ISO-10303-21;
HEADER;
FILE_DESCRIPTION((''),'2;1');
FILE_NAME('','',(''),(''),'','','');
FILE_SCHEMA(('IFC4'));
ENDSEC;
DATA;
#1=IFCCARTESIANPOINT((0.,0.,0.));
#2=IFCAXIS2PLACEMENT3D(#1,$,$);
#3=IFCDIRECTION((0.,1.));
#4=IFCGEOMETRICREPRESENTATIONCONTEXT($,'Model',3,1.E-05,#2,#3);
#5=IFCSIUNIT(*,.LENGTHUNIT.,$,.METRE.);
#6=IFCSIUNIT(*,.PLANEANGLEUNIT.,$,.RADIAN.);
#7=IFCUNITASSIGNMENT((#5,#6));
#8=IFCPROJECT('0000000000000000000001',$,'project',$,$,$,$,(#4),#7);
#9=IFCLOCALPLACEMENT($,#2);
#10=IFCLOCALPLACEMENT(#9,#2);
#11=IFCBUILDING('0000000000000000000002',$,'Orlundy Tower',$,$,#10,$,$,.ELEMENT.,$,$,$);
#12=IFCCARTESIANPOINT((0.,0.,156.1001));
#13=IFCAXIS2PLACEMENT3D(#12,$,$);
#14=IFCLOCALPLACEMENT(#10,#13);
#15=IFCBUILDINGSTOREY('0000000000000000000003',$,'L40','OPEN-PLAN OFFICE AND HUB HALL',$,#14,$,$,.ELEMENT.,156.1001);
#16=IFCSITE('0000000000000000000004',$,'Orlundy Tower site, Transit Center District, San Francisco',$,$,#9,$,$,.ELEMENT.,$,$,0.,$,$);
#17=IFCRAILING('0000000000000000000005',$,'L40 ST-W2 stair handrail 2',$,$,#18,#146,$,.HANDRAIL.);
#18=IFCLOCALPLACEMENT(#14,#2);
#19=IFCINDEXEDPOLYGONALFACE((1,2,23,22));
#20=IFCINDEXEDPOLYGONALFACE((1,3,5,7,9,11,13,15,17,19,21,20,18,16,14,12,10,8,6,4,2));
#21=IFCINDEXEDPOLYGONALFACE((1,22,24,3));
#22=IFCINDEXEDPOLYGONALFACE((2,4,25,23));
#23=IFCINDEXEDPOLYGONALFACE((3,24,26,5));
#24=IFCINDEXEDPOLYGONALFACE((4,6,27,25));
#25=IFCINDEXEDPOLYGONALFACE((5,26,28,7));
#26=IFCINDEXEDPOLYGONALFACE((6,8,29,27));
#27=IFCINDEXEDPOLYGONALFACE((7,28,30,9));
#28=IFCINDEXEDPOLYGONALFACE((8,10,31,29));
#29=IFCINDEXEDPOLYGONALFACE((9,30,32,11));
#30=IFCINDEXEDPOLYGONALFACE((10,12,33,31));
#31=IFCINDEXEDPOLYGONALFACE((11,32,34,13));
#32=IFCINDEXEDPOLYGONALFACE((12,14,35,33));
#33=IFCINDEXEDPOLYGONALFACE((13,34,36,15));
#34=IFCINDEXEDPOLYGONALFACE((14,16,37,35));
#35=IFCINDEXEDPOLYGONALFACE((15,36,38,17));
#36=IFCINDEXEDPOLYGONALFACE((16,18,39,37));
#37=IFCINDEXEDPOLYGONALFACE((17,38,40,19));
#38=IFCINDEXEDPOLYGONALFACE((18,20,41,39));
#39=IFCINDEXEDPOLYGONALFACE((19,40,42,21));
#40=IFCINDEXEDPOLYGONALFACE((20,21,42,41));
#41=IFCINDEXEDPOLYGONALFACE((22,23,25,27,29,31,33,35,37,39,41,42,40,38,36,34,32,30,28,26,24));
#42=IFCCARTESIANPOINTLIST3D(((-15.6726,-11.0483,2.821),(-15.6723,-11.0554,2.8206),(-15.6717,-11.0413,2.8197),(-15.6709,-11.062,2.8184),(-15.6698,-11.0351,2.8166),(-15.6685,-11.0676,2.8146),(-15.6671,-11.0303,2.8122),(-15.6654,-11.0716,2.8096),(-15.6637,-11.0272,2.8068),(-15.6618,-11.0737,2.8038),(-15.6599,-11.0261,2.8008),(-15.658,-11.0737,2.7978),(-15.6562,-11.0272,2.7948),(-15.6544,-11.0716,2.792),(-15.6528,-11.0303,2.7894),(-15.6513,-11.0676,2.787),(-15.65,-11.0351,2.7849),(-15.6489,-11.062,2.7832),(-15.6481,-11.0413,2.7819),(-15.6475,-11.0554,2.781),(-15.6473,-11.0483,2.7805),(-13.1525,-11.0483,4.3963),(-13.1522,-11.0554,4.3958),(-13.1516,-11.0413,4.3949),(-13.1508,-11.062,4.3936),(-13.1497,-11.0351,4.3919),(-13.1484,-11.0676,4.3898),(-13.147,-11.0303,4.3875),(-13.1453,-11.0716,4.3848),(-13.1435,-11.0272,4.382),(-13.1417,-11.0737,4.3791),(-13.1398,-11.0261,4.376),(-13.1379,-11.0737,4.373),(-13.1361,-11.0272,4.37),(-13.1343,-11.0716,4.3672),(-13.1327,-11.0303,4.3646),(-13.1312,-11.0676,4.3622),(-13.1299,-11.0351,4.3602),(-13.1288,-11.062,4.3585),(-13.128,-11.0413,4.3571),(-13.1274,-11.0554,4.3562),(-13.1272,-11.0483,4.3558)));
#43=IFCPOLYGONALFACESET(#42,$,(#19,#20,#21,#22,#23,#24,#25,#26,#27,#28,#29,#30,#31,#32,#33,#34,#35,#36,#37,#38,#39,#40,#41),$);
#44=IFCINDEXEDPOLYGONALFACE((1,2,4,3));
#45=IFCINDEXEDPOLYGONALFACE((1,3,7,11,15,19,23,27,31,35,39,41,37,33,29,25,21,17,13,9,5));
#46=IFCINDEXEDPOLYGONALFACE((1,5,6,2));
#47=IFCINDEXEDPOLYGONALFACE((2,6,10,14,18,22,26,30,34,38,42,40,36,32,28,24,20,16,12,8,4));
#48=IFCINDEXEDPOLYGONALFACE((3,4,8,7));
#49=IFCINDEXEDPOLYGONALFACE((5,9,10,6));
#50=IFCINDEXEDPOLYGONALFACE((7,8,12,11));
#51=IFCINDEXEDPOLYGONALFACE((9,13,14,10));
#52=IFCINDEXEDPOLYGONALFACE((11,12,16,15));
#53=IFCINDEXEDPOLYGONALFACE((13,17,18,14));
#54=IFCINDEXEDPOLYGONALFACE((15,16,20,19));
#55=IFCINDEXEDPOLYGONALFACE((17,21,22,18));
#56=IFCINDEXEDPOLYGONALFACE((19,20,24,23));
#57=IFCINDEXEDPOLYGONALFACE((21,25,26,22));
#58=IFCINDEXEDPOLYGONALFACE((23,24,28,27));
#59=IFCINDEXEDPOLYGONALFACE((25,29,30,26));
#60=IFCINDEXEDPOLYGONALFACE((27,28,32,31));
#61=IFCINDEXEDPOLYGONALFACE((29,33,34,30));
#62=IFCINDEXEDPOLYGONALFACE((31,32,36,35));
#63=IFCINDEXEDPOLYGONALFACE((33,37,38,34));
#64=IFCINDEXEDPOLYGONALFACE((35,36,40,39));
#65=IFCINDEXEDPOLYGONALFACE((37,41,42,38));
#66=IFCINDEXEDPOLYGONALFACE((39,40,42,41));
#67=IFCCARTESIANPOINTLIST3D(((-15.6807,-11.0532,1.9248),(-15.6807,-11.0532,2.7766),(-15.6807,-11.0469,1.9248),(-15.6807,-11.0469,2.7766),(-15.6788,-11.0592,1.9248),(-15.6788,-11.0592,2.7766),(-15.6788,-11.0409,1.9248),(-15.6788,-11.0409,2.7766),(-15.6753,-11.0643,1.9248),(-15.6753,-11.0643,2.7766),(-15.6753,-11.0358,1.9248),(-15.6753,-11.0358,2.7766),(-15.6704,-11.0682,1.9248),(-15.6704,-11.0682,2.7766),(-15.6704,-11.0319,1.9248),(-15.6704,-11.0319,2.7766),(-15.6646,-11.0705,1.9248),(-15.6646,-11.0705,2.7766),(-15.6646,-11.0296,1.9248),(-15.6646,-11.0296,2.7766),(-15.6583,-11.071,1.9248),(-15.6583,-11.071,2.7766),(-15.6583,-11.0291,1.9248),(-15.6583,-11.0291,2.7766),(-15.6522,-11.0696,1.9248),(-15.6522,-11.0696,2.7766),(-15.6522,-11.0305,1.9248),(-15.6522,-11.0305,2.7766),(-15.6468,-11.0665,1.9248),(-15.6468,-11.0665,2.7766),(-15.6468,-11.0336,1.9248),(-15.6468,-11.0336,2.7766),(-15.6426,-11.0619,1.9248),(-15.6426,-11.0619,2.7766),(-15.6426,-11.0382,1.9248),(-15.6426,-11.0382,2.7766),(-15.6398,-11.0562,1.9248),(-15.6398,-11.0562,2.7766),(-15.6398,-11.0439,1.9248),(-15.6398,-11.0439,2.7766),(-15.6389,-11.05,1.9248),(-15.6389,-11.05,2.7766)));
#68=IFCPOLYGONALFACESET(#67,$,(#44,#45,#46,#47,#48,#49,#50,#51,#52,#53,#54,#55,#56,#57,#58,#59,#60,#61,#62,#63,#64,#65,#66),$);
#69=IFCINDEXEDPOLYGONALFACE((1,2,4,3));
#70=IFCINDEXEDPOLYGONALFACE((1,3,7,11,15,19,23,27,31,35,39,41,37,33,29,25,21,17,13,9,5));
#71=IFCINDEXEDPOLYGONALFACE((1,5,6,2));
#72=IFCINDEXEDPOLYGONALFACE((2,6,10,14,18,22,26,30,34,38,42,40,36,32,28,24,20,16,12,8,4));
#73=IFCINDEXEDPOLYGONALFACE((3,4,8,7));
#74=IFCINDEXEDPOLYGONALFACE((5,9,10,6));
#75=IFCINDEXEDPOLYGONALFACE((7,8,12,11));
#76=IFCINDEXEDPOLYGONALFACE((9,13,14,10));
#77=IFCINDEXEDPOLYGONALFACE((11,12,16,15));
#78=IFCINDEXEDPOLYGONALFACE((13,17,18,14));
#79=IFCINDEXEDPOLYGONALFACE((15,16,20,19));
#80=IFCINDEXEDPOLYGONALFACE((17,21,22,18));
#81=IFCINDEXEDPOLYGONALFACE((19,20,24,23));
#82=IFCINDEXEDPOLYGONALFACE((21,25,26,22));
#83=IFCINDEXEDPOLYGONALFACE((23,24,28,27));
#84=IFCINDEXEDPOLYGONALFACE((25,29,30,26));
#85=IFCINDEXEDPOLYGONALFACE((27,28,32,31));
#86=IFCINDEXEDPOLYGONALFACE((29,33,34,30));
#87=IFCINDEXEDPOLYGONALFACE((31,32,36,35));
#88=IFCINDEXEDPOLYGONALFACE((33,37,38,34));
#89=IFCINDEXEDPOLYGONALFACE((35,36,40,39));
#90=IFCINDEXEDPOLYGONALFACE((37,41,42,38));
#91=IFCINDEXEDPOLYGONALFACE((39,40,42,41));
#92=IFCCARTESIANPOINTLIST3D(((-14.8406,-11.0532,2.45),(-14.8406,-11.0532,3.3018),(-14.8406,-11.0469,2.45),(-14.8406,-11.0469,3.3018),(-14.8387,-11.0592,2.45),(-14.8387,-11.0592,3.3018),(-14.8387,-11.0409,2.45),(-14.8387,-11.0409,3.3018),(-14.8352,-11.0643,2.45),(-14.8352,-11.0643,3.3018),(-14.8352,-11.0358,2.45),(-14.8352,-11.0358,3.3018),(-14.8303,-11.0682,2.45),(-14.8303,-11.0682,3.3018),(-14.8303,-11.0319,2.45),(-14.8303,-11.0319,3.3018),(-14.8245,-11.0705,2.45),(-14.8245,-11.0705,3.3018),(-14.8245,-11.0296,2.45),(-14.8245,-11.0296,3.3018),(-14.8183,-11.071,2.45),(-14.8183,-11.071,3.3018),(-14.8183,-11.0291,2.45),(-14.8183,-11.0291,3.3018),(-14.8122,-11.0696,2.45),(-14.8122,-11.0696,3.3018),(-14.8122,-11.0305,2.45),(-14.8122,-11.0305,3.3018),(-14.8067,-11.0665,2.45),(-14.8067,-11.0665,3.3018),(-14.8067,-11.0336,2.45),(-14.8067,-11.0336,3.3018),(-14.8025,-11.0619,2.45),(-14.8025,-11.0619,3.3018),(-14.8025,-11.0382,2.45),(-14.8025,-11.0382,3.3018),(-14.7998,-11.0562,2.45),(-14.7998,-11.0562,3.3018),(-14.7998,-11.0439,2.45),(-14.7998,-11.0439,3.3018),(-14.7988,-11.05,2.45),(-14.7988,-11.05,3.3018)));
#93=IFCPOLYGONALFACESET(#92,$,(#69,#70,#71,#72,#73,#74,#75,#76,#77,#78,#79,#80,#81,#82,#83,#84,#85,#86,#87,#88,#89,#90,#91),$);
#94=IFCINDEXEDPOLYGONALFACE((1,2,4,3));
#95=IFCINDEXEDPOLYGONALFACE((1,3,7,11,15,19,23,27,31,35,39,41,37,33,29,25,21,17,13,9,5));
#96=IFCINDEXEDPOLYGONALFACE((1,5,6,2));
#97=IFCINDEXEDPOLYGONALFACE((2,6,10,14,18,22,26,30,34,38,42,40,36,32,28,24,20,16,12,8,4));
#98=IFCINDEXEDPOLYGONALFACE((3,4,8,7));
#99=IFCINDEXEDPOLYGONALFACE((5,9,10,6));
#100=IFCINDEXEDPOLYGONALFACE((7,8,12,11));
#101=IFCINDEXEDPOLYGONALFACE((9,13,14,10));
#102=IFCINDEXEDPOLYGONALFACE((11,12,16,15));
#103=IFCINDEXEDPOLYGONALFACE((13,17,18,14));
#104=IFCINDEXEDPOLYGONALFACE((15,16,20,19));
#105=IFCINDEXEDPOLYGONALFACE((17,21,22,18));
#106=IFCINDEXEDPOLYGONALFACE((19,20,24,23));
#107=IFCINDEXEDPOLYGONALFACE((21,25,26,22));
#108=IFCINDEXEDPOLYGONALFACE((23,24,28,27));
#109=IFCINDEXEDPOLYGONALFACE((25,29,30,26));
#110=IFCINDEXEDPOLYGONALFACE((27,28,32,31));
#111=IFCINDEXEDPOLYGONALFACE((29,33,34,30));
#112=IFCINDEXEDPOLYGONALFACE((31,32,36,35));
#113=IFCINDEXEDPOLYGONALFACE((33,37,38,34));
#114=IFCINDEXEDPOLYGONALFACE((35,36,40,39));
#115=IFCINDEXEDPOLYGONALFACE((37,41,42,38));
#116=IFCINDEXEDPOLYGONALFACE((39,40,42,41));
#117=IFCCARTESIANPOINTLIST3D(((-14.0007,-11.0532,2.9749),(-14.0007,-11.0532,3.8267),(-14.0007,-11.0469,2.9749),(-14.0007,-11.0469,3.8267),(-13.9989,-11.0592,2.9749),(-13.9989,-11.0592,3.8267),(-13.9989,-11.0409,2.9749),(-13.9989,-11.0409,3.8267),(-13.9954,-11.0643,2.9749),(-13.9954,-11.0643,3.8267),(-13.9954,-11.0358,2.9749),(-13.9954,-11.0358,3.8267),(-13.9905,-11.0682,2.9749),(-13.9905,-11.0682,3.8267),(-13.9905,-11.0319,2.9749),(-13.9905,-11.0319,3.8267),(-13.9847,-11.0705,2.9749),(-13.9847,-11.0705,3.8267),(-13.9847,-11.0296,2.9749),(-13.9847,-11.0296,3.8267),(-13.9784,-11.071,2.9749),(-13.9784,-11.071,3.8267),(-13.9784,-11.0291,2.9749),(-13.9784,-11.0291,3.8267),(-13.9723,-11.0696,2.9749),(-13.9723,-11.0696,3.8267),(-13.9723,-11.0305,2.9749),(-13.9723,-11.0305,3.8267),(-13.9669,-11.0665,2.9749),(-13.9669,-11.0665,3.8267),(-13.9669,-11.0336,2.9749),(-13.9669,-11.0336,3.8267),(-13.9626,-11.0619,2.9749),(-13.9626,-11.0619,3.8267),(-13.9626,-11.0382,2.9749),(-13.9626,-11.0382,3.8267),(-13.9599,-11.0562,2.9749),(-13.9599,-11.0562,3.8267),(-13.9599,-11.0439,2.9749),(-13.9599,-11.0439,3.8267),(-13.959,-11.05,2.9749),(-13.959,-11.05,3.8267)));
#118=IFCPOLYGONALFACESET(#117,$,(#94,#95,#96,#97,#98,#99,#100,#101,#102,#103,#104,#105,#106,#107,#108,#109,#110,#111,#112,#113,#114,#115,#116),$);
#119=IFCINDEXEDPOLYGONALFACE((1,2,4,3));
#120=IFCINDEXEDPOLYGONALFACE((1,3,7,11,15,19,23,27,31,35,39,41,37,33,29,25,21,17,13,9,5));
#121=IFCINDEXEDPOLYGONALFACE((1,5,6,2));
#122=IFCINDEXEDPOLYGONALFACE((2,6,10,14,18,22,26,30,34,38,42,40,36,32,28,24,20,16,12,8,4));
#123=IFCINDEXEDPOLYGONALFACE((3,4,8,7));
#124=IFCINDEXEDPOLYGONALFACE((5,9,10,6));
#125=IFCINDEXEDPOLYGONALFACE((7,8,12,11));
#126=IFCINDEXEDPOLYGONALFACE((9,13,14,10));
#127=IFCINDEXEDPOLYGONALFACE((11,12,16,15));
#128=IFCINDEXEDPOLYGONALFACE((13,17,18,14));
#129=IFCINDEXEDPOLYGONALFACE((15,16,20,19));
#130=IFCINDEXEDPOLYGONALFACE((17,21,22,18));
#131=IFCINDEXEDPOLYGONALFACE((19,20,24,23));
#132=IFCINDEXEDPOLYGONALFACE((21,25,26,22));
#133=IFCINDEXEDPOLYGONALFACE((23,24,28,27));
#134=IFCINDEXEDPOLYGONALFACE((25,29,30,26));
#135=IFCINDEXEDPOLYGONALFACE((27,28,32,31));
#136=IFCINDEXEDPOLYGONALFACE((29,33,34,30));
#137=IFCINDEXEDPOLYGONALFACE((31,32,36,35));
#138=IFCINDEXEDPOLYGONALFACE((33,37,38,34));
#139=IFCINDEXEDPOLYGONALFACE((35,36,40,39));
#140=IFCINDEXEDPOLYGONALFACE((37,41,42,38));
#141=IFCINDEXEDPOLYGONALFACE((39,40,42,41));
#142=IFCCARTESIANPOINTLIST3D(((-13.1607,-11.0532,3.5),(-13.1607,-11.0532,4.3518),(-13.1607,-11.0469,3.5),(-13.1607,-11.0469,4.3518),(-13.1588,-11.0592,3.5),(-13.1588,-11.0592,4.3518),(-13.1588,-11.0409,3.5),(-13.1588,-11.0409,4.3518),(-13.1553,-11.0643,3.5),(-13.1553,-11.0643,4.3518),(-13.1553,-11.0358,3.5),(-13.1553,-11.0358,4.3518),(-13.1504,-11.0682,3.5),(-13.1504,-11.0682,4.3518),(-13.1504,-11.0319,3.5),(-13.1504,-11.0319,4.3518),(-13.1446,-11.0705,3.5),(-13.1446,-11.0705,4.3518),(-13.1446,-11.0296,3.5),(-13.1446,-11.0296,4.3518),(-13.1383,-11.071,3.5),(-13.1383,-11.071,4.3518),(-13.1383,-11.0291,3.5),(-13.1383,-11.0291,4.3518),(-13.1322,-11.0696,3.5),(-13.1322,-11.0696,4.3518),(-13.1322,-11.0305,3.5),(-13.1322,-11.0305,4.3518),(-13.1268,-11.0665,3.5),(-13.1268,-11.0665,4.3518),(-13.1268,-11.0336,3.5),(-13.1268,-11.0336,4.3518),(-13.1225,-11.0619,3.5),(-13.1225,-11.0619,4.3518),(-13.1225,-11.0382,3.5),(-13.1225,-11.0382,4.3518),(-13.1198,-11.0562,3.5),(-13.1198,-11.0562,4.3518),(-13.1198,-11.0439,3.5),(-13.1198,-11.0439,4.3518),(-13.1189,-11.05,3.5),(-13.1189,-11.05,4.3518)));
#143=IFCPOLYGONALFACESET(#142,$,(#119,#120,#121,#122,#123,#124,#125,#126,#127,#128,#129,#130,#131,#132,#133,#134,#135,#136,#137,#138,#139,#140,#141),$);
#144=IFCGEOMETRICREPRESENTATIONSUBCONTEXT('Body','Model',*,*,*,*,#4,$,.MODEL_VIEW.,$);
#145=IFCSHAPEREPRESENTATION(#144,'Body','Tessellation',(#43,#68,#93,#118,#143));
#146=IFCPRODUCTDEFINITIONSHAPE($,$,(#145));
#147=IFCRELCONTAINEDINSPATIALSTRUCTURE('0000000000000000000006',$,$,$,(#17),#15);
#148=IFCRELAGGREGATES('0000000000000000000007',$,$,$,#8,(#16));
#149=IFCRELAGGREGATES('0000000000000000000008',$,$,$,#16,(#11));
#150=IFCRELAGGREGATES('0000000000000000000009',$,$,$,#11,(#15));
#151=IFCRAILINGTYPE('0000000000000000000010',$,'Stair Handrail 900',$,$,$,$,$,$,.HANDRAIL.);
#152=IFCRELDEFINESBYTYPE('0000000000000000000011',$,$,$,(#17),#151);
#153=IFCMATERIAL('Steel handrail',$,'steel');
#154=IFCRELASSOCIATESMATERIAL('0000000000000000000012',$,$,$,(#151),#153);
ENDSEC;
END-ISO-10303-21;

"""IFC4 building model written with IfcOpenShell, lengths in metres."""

from ifc_helpers import new_model, si_unit, direction, frame, origin, origin_2d, place, context, subcontext, project, spatial, circle, extrude, material, type_object, element, save


model = new_model("IFC4")

# Units and contexts
model_context = context("Model", 3, precision=1e-05, world=origin(), true_north=direction((0.0, 1.0)))
body_context = subcontext(model_context, "Body", "Model", "MODEL_VIEW")
ifc_project = project(units=[si_unit("LENGTHUNIT", "METRE"), si_unit("PLANEANGLEUNIT", "RADIAN")], contexts=[model_context])

# Site, building, storey
site_placement = place(None, origin())
site = spatial("IfcSite", under=ifc_project, at=site_placement, Name="Orlundy Tower site, Transit Center District, San Francisco", CompositionType="ELEMENT", RefElevation=0.0)
building_placement = place(site_placement, origin())
building = spatial("IfcBuilding", under=site, at=building_placement, Name="Orlundy Tower", CompositionType="ELEMENT")
storey_placement = place(building_placement, frame((0.0, 0.0, 156.1001)))
storey = spatial("IfcBuildingStorey", under=building, at=storey_placement, Name="L40", Description="OPEN-PLAN OFFICE AND HUB HALL", CompositionType="ELEMENT", Elevation=156.1001)

# Railing
ifc_material_1 = material(Name="Steel handrail", Category="steel")
railing_type = type_object("IfcRailingType", Name="Stair Handrail 900", PredefinedType="HANDRAIL", material=ifc_material_1)
railing_placement = place(storey_placement, frame((-15.6599, -11.05, 1.9248)))
element("IfcRailing", 1, at=railing_placement, inside=storey, type_object=railing_type, Name="L40 ST-W2 stair handrail 2", PredefinedType="HANDRAIL", context=body_context, shape_type="SweptSolid", body=[
    extrude(circle(Radius=0.0239, at=origin_2d()), frame((0.0, 0.0, 0.876), z_axis=(0.847971, 0.0, 0.530043), x_axis=(0.0, 1.0, 0.0)), (0.0, 0.0, 1.0), 2.9719),
    extrude(circle(Radius=0.021, at=origin_2d()), origin(), (0.0, 0.0, 1.0), 0.8518),
    extrude(circle(Radius=0.021, at=origin_2d()), frame((0.8401, 0.0, 0.5251)), (0.0, 0.0, 1.0), 0.8518),
    extrude(circle(Radius=0.021, at=origin_2d()), frame((1.6799, 0.0, 1.05)), (0.0, 0.0, 1.0), 0.8518),
    extrude(circle(Radius=0.021, at=origin_2d()), frame((2.52, 0.0, 1.5752)), (0.0, 0.0, 1.0), 0.8518),
])

save(model, "model.ifc")
